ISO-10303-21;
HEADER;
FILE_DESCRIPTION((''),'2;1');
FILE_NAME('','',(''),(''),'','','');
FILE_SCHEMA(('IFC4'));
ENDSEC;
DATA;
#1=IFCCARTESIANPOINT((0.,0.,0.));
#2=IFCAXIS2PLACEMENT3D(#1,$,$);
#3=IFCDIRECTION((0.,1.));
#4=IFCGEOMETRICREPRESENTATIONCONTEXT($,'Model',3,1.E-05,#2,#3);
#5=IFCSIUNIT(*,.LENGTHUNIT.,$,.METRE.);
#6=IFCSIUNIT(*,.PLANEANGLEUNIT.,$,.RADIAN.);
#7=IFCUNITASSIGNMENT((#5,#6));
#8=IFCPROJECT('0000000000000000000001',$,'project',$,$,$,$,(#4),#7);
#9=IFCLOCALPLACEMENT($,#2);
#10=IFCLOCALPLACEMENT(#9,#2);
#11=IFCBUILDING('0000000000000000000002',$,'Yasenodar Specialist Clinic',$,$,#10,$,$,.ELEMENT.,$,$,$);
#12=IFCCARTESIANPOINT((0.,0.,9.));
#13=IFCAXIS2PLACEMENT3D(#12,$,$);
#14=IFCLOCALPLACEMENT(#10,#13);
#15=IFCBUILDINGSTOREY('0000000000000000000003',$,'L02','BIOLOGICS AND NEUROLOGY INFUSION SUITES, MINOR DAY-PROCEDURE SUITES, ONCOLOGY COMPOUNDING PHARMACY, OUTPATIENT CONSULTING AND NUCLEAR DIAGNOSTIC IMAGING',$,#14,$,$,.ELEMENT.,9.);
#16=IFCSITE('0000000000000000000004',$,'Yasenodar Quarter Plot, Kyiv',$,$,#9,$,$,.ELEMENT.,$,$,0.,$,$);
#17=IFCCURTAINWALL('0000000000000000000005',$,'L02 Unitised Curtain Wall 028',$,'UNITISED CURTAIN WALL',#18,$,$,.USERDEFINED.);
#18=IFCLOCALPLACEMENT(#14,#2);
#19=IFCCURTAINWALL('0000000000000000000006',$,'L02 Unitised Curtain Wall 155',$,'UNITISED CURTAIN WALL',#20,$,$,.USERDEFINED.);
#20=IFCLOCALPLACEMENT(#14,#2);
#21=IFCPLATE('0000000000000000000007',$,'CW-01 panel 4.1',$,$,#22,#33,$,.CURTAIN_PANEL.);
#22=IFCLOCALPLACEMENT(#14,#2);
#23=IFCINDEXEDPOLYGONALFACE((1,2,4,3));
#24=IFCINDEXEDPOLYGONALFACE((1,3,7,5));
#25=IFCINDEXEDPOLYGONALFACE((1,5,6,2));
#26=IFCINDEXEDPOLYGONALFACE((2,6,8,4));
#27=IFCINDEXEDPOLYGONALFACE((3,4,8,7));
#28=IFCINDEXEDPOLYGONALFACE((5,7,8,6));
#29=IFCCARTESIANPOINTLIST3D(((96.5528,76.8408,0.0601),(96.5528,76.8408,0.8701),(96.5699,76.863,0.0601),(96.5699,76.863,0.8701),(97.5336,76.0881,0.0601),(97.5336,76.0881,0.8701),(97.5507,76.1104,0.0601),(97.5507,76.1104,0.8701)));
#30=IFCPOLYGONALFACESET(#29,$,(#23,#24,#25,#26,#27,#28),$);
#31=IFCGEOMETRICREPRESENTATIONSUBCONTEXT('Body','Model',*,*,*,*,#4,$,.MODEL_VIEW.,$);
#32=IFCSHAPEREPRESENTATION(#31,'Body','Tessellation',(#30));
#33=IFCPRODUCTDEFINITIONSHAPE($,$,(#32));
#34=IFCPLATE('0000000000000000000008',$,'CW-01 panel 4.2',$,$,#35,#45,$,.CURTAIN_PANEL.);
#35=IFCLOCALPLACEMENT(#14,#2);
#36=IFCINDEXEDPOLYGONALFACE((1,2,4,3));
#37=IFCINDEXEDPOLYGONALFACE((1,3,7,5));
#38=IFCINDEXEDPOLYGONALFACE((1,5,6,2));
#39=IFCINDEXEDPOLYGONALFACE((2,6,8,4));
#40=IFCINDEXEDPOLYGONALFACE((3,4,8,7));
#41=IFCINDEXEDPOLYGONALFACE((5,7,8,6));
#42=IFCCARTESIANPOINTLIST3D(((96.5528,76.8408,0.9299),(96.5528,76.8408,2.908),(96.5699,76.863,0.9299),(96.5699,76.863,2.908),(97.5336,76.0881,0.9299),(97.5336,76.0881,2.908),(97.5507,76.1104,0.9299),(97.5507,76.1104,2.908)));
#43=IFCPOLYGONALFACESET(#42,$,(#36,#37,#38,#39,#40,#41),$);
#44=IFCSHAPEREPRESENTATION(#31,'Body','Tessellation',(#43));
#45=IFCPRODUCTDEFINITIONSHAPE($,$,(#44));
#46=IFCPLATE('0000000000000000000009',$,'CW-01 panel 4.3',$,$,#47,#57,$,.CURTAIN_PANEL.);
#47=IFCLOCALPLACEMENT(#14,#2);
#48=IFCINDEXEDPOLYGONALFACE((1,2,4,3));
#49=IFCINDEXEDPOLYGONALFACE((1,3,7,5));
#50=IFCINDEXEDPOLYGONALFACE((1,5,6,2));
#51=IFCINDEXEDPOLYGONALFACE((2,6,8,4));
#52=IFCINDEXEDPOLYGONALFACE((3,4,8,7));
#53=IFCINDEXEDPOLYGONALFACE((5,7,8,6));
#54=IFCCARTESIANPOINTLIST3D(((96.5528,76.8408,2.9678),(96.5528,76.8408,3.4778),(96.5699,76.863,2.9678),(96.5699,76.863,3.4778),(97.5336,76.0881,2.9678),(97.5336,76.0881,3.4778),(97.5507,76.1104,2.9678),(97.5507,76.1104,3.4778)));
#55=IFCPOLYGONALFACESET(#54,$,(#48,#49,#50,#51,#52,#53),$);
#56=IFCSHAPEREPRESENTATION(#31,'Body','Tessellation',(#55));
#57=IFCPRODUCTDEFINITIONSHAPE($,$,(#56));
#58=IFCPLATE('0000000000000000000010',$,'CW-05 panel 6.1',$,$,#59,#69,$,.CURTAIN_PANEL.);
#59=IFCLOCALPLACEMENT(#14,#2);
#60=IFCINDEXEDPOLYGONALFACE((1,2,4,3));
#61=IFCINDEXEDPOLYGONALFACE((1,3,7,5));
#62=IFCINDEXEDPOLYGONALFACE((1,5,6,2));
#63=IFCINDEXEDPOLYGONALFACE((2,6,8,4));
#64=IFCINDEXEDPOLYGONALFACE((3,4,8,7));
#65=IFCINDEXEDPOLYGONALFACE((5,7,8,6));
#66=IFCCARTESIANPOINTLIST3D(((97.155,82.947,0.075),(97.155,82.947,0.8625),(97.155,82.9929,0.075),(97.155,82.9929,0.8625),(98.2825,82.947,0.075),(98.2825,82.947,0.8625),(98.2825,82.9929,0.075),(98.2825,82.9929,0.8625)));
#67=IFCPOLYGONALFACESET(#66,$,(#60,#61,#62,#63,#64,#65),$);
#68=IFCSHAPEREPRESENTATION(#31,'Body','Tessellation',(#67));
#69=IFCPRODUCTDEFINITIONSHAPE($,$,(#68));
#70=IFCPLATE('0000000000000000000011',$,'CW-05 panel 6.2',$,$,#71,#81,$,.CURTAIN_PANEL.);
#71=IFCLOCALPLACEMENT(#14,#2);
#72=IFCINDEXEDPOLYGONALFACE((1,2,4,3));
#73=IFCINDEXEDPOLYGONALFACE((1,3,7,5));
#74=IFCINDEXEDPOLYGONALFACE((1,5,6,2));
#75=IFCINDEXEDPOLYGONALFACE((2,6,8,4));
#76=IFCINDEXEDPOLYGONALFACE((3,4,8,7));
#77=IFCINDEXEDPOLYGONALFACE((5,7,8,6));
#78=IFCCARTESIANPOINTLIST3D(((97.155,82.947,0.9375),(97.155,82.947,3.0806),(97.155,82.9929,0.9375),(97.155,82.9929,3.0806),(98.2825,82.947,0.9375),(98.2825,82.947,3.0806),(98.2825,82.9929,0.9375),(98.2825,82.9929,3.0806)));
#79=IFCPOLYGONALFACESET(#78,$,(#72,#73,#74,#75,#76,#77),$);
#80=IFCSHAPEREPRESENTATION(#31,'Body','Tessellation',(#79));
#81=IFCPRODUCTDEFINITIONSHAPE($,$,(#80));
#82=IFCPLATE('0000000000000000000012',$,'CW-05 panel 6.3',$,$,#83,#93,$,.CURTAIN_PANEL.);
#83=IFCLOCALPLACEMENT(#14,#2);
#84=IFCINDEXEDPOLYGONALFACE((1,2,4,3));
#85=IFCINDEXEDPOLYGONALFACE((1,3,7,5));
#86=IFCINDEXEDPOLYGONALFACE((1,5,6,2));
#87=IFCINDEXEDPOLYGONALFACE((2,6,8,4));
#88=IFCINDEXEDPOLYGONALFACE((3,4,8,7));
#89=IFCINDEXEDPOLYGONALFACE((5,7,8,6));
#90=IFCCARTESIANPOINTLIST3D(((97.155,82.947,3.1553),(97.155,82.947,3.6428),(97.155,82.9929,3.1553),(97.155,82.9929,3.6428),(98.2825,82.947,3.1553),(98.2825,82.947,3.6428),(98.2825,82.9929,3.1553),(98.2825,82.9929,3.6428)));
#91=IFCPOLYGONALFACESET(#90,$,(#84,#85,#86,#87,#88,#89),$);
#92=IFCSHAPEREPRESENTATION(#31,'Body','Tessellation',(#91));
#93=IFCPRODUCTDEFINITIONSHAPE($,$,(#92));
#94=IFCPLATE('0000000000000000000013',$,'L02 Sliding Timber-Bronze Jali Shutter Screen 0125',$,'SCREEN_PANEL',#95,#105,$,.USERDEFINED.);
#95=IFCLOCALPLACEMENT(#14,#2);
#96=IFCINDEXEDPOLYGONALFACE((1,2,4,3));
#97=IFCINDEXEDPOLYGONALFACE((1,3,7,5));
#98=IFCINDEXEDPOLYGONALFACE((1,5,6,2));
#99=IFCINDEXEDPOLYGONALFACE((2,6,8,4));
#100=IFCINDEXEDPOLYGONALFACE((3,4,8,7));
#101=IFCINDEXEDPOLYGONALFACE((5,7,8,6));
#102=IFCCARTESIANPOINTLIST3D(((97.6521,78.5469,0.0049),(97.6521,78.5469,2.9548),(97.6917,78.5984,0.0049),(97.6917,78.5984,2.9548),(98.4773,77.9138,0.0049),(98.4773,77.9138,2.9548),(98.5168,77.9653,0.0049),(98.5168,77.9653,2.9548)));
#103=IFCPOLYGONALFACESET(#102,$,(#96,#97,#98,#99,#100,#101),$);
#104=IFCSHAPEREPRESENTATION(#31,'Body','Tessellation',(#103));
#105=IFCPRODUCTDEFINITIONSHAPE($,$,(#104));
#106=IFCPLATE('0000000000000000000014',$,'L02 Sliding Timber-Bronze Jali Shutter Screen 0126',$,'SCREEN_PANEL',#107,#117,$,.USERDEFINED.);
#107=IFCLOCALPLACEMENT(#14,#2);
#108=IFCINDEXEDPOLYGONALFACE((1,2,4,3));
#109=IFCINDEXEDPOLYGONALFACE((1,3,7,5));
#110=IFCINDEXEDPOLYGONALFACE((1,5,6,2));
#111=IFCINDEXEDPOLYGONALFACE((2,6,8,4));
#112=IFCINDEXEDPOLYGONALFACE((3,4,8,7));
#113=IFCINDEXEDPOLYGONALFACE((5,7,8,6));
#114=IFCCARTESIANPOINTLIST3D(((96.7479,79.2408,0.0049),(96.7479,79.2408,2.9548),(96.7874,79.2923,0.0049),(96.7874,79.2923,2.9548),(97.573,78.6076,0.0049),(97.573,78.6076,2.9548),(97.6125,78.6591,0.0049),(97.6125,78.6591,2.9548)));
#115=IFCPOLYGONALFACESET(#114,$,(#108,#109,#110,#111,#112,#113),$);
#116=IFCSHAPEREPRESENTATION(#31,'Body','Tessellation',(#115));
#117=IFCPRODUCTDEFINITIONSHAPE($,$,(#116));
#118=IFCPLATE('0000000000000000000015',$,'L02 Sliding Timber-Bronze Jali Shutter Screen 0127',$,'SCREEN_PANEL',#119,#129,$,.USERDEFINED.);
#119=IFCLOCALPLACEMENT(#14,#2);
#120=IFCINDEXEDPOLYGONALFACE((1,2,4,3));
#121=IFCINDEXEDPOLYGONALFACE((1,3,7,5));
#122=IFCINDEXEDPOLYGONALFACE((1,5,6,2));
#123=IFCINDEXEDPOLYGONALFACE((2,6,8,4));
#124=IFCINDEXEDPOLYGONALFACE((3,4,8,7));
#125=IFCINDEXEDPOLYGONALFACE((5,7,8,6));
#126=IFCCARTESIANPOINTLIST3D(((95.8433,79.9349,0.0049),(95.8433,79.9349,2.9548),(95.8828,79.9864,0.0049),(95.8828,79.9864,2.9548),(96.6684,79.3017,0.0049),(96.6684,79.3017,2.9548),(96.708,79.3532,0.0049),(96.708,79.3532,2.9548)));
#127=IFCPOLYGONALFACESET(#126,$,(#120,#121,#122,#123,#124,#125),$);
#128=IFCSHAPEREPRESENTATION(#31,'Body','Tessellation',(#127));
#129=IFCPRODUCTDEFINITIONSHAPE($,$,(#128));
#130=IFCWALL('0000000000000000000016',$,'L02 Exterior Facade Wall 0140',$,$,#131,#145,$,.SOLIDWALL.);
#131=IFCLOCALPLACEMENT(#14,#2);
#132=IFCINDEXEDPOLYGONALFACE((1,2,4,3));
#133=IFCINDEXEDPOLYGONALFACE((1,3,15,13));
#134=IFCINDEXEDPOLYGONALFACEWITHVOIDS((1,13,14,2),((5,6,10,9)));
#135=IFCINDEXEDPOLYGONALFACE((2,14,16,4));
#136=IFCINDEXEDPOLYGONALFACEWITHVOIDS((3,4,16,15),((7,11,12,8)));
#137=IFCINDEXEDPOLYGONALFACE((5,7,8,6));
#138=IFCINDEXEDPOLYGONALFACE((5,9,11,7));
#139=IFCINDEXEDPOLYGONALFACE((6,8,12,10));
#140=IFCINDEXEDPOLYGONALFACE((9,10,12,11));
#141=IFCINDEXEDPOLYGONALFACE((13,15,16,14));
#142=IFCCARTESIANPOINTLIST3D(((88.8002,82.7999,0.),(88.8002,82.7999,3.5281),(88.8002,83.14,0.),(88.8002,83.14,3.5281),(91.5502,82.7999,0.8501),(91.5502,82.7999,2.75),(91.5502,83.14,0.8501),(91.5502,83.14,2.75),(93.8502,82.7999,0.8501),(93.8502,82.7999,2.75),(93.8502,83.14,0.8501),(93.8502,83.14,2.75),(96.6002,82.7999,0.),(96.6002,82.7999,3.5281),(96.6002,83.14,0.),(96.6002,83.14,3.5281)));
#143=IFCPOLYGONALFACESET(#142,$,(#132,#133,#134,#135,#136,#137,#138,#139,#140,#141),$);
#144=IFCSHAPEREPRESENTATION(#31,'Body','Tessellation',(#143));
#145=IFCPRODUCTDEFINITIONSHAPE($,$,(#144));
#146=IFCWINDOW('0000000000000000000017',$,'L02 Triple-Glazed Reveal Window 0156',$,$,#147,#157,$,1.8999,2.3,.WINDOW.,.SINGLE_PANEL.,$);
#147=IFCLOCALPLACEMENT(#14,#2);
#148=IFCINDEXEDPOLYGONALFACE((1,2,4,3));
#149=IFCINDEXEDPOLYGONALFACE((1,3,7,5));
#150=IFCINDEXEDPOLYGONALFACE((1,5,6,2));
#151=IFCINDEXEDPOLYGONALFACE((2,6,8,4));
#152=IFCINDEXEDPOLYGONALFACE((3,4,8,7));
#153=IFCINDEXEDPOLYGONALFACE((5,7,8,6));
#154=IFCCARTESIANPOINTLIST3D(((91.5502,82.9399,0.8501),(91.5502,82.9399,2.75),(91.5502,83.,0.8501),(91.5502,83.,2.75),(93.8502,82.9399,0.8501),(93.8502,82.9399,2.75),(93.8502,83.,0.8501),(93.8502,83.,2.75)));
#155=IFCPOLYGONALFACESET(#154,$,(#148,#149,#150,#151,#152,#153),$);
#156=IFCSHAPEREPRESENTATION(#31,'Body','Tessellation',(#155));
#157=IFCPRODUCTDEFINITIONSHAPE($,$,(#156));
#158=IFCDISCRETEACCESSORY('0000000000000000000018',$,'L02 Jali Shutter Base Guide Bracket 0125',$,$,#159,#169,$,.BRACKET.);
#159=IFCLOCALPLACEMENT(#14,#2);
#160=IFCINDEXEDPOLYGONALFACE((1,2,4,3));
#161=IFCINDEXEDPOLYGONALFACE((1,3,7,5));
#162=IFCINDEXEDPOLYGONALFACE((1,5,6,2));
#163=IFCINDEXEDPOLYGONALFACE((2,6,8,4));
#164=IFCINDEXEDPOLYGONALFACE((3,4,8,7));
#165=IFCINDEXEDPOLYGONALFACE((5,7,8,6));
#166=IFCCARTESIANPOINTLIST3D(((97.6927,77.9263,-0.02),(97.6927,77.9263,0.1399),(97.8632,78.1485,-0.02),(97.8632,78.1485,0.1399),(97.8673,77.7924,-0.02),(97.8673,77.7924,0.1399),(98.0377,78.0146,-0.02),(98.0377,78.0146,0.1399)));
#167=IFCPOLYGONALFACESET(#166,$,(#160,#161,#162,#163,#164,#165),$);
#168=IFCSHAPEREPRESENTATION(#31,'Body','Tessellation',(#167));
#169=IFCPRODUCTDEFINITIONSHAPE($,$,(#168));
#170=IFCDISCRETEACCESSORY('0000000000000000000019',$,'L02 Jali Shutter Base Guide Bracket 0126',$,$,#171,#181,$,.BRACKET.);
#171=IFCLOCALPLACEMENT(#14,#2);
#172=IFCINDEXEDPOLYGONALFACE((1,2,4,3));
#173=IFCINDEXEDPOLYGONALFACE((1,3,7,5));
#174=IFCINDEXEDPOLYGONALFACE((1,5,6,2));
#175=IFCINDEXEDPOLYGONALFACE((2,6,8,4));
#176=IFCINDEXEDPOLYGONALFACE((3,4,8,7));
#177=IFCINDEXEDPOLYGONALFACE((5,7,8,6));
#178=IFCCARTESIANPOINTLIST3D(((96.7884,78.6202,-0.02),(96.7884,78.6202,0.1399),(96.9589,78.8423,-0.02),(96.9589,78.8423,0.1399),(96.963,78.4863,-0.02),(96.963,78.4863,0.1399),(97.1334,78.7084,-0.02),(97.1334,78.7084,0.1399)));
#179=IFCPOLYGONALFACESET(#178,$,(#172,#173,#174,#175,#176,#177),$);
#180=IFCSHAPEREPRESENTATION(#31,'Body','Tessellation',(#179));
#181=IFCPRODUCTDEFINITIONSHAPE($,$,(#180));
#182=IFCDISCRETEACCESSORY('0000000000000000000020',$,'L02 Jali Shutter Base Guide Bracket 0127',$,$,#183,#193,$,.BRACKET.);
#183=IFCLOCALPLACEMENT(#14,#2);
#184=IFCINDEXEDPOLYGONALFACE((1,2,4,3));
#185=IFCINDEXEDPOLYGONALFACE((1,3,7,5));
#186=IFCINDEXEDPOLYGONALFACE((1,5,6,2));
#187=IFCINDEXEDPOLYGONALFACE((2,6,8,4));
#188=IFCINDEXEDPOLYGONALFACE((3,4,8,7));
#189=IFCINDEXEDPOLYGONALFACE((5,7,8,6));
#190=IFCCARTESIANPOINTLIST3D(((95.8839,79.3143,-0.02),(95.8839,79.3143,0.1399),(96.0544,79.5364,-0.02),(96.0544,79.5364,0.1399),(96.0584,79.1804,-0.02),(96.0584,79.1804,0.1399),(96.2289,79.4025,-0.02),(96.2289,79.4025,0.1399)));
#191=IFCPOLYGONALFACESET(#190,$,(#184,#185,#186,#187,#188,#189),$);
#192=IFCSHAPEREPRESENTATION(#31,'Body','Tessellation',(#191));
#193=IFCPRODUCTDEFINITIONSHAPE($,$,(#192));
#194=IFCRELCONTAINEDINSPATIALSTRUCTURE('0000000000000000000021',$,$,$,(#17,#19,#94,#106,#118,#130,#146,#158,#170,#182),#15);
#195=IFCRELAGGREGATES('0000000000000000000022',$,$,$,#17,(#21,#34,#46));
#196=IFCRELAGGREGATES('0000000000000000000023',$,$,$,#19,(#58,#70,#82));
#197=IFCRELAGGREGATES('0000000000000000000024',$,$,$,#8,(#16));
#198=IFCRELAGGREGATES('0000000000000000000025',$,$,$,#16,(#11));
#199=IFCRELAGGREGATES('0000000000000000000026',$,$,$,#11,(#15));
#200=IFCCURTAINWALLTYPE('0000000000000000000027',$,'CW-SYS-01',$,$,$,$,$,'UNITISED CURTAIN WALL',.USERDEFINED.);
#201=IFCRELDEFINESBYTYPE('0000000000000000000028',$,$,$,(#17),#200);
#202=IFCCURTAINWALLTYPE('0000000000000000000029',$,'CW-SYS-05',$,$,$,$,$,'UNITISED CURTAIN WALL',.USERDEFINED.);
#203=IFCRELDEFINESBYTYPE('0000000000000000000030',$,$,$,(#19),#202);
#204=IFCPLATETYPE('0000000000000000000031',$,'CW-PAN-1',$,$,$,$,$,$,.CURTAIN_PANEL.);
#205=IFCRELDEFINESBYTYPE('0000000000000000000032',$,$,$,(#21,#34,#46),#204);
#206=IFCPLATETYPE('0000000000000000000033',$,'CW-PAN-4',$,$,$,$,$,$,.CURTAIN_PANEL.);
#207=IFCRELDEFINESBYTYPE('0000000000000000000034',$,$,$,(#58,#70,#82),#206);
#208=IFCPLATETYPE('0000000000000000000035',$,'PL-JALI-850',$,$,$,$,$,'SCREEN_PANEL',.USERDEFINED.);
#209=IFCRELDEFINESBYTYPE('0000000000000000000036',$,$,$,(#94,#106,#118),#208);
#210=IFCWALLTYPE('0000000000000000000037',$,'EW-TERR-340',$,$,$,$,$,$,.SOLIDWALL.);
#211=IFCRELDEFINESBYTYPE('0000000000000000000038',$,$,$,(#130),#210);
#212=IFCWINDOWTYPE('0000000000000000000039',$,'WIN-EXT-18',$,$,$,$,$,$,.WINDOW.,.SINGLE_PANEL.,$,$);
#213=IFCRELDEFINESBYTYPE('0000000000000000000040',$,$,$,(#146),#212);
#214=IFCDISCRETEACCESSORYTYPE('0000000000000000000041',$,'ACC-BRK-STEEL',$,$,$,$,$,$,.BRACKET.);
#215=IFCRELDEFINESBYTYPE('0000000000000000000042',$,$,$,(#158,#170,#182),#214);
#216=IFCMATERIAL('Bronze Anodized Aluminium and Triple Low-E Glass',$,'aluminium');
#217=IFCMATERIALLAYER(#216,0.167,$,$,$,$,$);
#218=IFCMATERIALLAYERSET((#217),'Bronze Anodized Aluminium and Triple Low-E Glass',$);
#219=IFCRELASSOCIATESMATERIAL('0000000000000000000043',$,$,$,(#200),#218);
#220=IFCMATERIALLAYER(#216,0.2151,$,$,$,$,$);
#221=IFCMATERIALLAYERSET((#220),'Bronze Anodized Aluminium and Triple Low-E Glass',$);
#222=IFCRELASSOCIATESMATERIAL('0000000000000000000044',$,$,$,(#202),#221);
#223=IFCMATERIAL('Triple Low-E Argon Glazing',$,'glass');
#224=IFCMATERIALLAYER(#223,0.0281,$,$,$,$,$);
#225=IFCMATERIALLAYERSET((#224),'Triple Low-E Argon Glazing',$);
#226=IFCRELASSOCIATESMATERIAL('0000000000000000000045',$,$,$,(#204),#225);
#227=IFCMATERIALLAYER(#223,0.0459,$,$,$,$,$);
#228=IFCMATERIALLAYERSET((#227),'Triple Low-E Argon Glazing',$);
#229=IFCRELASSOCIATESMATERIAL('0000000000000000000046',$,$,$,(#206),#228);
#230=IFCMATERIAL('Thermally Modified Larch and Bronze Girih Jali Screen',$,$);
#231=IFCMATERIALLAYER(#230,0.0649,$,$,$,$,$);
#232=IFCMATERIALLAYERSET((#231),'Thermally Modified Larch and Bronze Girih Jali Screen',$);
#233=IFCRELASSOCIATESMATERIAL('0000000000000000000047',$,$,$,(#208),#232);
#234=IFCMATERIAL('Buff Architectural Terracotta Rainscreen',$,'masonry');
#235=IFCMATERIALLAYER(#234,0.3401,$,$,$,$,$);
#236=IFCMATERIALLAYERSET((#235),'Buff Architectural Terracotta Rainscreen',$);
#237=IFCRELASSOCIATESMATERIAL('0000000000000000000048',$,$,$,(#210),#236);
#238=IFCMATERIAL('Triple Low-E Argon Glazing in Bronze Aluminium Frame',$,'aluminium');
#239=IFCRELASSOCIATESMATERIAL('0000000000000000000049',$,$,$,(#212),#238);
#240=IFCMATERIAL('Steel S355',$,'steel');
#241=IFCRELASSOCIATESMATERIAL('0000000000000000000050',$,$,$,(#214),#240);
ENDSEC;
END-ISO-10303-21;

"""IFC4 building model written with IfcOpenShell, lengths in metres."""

from ifc_helpers import new_model, si_unit, direction, frame, frame_2d, origin, origin_2d, place, context, subcontext, project, spatial, rectangle, extrude, material, layer, layer_set, type_object, element, fill, aggregate, save


model = new_model("IFC4")

# Units and contexts
model_context = context("Model", 3, precision=1e-05, world=origin(), true_north=direction((0.0, 1.0)))
body_context = subcontext(model_context, "Body", "Model", "MODEL_VIEW")
ifc_project = project(units=[si_unit("LENGTHUNIT", "METRE"), si_unit("PLANEANGLEUNIT", "RADIAN")], contexts=[model_context])

# Site, building, storey
site_placement = place(None, origin())
site = spatial("IfcSite", under=ifc_project, at=site_placement, Name="Yasenodar Quarter Plot, Kyiv", CompositionType="ELEMENT", RefElevation=0.0)
building_placement = place(site_placement, origin())
building = spatial("IfcBuilding", under=site, at=building_placement, Name="Yasenodar Specialist Clinic", CompositionType="ELEMENT")
storey_placement = place(building_placement, frame((0.0, 0.0, 9.0)))
storey = spatial("IfcBuildingStorey", under=building, at=storey_placement, Name="L02", Description="BIOLOGICS AND NEUROLOGY INFUSION SUITES, MINOR DAY-PROCEDURE SUITES, ONCOLOGY COMPOUNDING PHARMACY, OUTPATIENT CONSULTING AND NUCLEAR DIAGNOSTIC IMAGING", CompositionType="ELEMENT", Elevation=9.0)

# Shared definitions
ifc_material_1 = material(Name="Steel S355", Category="steel")

# Shared definitions
ifc_material_2 = material(Name="Bronze Anodized Aluminium and Triple Low-E Glass", Category="aluminium")
ifc_layer_1 = layer(ifc_material_2, 0.167)
ifc_layer_set_1 = layer_set([ifc_layer_1], Name="Bronze Anodized Aluminium and Triple Low-E Glass")
curtain_wall_type_1 = type_object("IfcCurtainWallType", Name="CW-SYS-01", ElementType="UNITISED CURTAIN WALL", PredefinedType="USERDEFINED", material=ifc_layer_set_1)

# Curtain wall
curtain_wall_1_placement = place(storey_placement, origin())
curtain_wall_1 = element("IfcCurtainWall", 1, at=curtain_wall_1_placement, inside=storey, type_object=curtain_wall_type_1, Name="L02 Unitised Curtain Wall 028", ObjectType="UNITISED CURTAIN WALL", PredefinedType="USERDEFINED")

# Curtain wall
ifc_layer_2 = layer(ifc_material_2, 0.2151)
ifc_layer_set_2 = layer_set([ifc_layer_2], Name="Bronze Anodized Aluminium and Triple Low-E Glass")
curtain_wall_type_2 = type_object("IfcCurtainWallType", Name="CW-SYS-05", ElementType="UNITISED CURTAIN WALL", PredefinedType="USERDEFINED", material=ifc_layer_set_2)
curtain_wall_2_placement = place(storey_placement, origin())
curtain_wall_2 = element("IfcCurtainWall", 2, at=curtain_wall_2_placement, inside=storey, type_object=curtain_wall_type_2, Name="L02 Unitised Curtain Wall 155", ObjectType="UNITISED CURTAIN WALL", PredefinedType="USERDEFINED")

# Plates
ifc_material_3 = material(Name="Triple Low-E Argon Glazing", Category="glass")
ifc_layer_3 = layer(ifc_material_3, 0.0281)
ifc_layer_set_3 = layer_set([ifc_layer_3], Name="Triple Low-E Argon Glazing")
plate_type_1 = type_object("IfcPlateType", Name="CW-PAN-1", PredefinedType="CURTAIN_PANEL", material=ifc_layer_set_3)
plate_1_placement = place(storey_placement, frame((97.0518, 76.4756, 0.0601), z_axis=(0.0, 0.0, 1.0), x_axis=(0.793361, -0.608752, 0.0)))
plate_1 = element("IfcPlate", 3, at=plate_1_placement, type_object=plate_type_1, Name="CW-01 panel 4.1", PredefinedType="CURTAIN_PANEL", context=body_context, shape_type="SweptSolid", body=[
    extrude(rectangle(XDim=1.2363, YDim=0.0281, at=origin_2d()), origin(), (0.0, 0.0, 1.0), 0.8101),
])
plate_2_placement = place(storey_placement, frame((97.0518, 76.4756, 0.9299), z_axis=(0.0, 0.0, 1.0), x_axis=(0.793361, -0.608752, 0.0)))
plate_2 = element("IfcPlate", 4, at=plate_2_placement, type_object=plate_type_1, Name="CW-01 panel 4.2", PredefinedType="CURTAIN_PANEL", context=body_context, shape_type="SweptSolid", body=[
    extrude(rectangle(XDim=1.2363, YDim=0.0281, at=origin_2d()), origin(), (0.0, 0.0, 1.0), 1.978),
])
plate_3_placement = place(storey_placement, frame((97.0518, 76.4756, 2.9678), z_axis=(0.0, 0.0, 1.0), x_axis=(0.793361, -0.608752, 0.0)))
plate_3 = element("IfcPlate", 5, at=plate_3_placement, type_object=plate_type_1, Name="CW-01 panel 4.3", PredefinedType="CURTAIN_PANEL", context=body_context, shape_type="SweptSolid", body=[
    extrude(rectangle(XDim=1.2363, YDim=0.0281, at=origin_2d()), origin(), (0.0, 0.0, 1.0), 0.51),
])
aggregate(curtain_wall_1, [plate_1, plate_2, plate_3])
ifc_layer_4 = layer(ifc_material_3, 0.0459)
ifc_layer_set_4 = layer_set([ifc_layer_4], Name="Triple Low-E Argon Glazing")
plate_type_2 = type_object("IfcPlateType", Name="CW-PAN-4", PredefinedType="CURTAIN_PANEL", material=ifc_layer_set_4)
plate_4_placement = place(storey_placement, frame((97.7188, 82.97, 0.075), z_axis=(0.0, 0.0, 1.0), x_axis=(-1.0, 0.0, 0.0)))
plate_4 = element("IfcPlate", 6, at=plate_4_placement, type_object=plate_type_2, Name="CW-05 panel 6.1", PredefinedType="CURTAIN_PANEL", context=body_context, shape_type="SweptSolid", body=[
    extrude(rectangle(XDim=1.1274, YDim=0.0459, at=origin_2d()), origin(), (0.0, 0.0, 1.0), 0.7876),
])
plate_5_placement = place(storey_placement, frame((97.7188, 82.97, 0.9375), z_axis=(0.0, 0.0, 1.0), x_axis=(-1.0, 0.0, 0.0)))
plate_5 = element("IfcPlate", 7, at=plate_5_placement, type_object=plate_type_2, Name="CW-05 panel 6.2", PredefinedType="CURTAIN_PANEL", context=body_context, shape_type="SweptSolid", body=[
    extrude(rectangle(XDim=1.1274, YDim=0.0459, at=origin_2d()), origin(), (0.0, 0.0, 1.0), 2.1431),
])
plate_6_placement = place(storey_placement, frame((97.7188, 82.97, 3.1553), z_axis=(0.0, 0.0, 1.0), x_axis=(-1.0, 0.0, 0.0)))
plate_6 = element("IfcPlate", 8, at=plate_6_placement, type_object=plate_type_2, Name="CW-05 panel 6.3", PredefinedType="CURTAIN_PANEL", context=body_context, shape_type="SweptSolid", body=[
    extrude(rectangle(XDim=1.1274, YDim=0.0459, at=origin_2d()), origin(), (0.0, 0.0, 1.0), 0.4875),
])
aggregate(curtain_wall_2, [plate_4, plate_5, plate_6])

# Plates
ifc_material_4 = material(Name="Thermally Modified Larch and Bronze Girih Jali Screen")
ifc_layer_5 = layer(ifc_material_4, 0.0649)
ifc_layer_set_5 = layer_set([ifc_layer_5], Name="Thermally Modified Larch and Bronze Girih Jali Screen")
plate_type_3 = type_object("IfcPlateType", Name="PL-JALI-850", ElementType="SCREEN_PANEL", PredefinedType="USERDEFINED", material=ifc_layer_set_5)
for number, where, z_axis, x_axis, name in (
    (9, (98.0845, 78.2561, 0.0049), (0.0, 0.0, 1.0), (-0.793351, 0.608764, 0.0), "L02 Sliding Timber-Bronze Jali Shutter Screen 0125"),
    (10, (97.1802, 78.95, 0.0049), (0.0, 0.0, 1.0), (-0.793351, 0.608764, 0.0), "L02 Sliding Timber-Bronze Jali Shutter Screen 0126"),
    (11, (96.2756, 79.644, 0.0049), (0.0, 0.0, 1.0), (-0.793351, 0.608764, 0.0), "L02 Sliding Timber-Bronze Jali Shutter Screen 0127"),
):
    element("IfcPlate", number, at=place(storey_placement, frame(where, z_axis=z_axis, x_axis=x_axis)), inside=storey, type_object=plate_type_3, Name=name, ObjectType="SCREEN_PANEL", PredefinedType="USERDEFINED", context=body_context, shape_type="SweptSolid", body=[
        extrude(rectangle(XDim=1.04, YDim=0.0649, at=origin_2d()), origin(), (0.0, 0.0, 1.0), 2.95),
    ])

# Wall, opening, window
ifc_material_5 = material(Name="Buff Architectural Terracotta Rainscreen", Category="masonry")
ifc_layer_6 = layer(ifc_material_5, 0.3401)
ifc_layer_set_6 = layer_set([ifc_layer_6], Name="Buff Architectural Terracotta Rainscreen")
wall_type = type_object("IfcWallType", Name="EW-TERR-340", PredefinedType="SOLIDWALL", material=ifc_layer_set_6)
wall_placement = place(storey_placement, frame((96.6001, 82.97, 0.0), z_axis=(0.0, 0.0, 1.0), x_axis=(-1.0, 0.0, 0.0)))
wall = element("IfcWall", 12, at=wall_placement, inside=storey, type_object=wall_type, Name="L02 Exterior Facade Wall 0140", PredefinedType="SOLIDWALL", context=body_context, shape_type="SweptSolid", body=[
    extrude(rectangle(XDim=7.8, YDim=0.3401, at=frame_2d((3.8999, 0.0))), origin(), (0.0, 0.0, 1.0), 3.5281),
])
opening_placement = place(wall_placement, frame((2.75, 0.0, 0.8501)))
opening = element("IfcOpeningElement", 13, at=opening_placement, cuts=wall, PredefinedType="OPENING", context=body_context, shape_type="SweptSolid", body=[
    extrude(rectangle(XDim=2.3, YDim=1.8999, at=frame_2d((1.1499, 0.95))), frame((0.0, 0.1802, 0.0), z_axis=(0.0, -1.0, 0.0), x_axis=(1.0, 0.0, 0.0)), (0.0, 0.0, 1.0), 0.3601),
])
ifc_material_6 = material(Name="Triple Low-E Argon Glazing in Bronze Aluminium Frame", Category="aluminium")
window_type = type_object("IfcWindowType", Name="WIN-EXT-18", PartitioningType="SINGLE_PANEL", PredefinedType="WINDOW", material=ifc_material_6)
window_placement = place(opening_placement, origin())
window = element("IfcWindow", 14, at=window_placement, inside=storey, type_object=window_type, Name="L02 Triple-Glazed Reveal Window 0156", OverallHeight=1.8999, OverallWidth=2.3, PartitioningType="SINGLE_PANEL", PredefinedType="WINDOW", context=body_context, shape_type="SweptSolid", body=[
    extrude(rectangle(XDim=2.3, YDim=1.8999, at=frame_2d((1.1499, 0.95))), frame((0.0, 0.03, 0.0), z_axis=(0.0, -1.0, 0.0), x_axis=(1.0, 0.0, 0.0)), (0.0, 0.0, 1.0), 0.0601),
])
fill(opening, window)

# Discrete accessories
discrete_accessory_type = type_object("IfcDiscreteAccessoryType", Name="ACC-BRK-STEEL", PredefinedType="BRACKET", material=ifc_material_1)
for number, where, z_axis, x_axis, name in (
    (15, (97.8652, 77.9705, -0.02), (0.0, 0.0, 1.0), (-0.793351, 0.608764, 0.0), "L02 Jali Shutter Base Guide Bracket 0125"),
    (16, (96.9609, 78.6643, -0.02), (0.0, 0.0, 1.0), (-0.793351, 0.608764, 0.0), "L02 Jali Shutter Base Guide Bracket 0126"),
    (17, (96.0564, 79.3584, -0.02), (0.0, 0.0, 1.0), (-0.793351, 0.608764, 0.0), "L02 Jali Shutter Base Guide Bracket 0127"),
):
    element("IfcDiscreteAccessory", number, at=place(storey_placement, frame(where, z_axis=z_axis, x_axis=x_axis)), inside=storey, type_object=discrete_accessory_type, Name=name, PredefinedType="BRACKET", context=body_context, shape_type="SweptSolid", body=[
        extrude(rectangle(XDim=0.22, YDim=0.28, at=origin_2d()), origin(), (0.0, 0.0, 1.0), 0.1599),
    ])

save(model, "model.ifc")
